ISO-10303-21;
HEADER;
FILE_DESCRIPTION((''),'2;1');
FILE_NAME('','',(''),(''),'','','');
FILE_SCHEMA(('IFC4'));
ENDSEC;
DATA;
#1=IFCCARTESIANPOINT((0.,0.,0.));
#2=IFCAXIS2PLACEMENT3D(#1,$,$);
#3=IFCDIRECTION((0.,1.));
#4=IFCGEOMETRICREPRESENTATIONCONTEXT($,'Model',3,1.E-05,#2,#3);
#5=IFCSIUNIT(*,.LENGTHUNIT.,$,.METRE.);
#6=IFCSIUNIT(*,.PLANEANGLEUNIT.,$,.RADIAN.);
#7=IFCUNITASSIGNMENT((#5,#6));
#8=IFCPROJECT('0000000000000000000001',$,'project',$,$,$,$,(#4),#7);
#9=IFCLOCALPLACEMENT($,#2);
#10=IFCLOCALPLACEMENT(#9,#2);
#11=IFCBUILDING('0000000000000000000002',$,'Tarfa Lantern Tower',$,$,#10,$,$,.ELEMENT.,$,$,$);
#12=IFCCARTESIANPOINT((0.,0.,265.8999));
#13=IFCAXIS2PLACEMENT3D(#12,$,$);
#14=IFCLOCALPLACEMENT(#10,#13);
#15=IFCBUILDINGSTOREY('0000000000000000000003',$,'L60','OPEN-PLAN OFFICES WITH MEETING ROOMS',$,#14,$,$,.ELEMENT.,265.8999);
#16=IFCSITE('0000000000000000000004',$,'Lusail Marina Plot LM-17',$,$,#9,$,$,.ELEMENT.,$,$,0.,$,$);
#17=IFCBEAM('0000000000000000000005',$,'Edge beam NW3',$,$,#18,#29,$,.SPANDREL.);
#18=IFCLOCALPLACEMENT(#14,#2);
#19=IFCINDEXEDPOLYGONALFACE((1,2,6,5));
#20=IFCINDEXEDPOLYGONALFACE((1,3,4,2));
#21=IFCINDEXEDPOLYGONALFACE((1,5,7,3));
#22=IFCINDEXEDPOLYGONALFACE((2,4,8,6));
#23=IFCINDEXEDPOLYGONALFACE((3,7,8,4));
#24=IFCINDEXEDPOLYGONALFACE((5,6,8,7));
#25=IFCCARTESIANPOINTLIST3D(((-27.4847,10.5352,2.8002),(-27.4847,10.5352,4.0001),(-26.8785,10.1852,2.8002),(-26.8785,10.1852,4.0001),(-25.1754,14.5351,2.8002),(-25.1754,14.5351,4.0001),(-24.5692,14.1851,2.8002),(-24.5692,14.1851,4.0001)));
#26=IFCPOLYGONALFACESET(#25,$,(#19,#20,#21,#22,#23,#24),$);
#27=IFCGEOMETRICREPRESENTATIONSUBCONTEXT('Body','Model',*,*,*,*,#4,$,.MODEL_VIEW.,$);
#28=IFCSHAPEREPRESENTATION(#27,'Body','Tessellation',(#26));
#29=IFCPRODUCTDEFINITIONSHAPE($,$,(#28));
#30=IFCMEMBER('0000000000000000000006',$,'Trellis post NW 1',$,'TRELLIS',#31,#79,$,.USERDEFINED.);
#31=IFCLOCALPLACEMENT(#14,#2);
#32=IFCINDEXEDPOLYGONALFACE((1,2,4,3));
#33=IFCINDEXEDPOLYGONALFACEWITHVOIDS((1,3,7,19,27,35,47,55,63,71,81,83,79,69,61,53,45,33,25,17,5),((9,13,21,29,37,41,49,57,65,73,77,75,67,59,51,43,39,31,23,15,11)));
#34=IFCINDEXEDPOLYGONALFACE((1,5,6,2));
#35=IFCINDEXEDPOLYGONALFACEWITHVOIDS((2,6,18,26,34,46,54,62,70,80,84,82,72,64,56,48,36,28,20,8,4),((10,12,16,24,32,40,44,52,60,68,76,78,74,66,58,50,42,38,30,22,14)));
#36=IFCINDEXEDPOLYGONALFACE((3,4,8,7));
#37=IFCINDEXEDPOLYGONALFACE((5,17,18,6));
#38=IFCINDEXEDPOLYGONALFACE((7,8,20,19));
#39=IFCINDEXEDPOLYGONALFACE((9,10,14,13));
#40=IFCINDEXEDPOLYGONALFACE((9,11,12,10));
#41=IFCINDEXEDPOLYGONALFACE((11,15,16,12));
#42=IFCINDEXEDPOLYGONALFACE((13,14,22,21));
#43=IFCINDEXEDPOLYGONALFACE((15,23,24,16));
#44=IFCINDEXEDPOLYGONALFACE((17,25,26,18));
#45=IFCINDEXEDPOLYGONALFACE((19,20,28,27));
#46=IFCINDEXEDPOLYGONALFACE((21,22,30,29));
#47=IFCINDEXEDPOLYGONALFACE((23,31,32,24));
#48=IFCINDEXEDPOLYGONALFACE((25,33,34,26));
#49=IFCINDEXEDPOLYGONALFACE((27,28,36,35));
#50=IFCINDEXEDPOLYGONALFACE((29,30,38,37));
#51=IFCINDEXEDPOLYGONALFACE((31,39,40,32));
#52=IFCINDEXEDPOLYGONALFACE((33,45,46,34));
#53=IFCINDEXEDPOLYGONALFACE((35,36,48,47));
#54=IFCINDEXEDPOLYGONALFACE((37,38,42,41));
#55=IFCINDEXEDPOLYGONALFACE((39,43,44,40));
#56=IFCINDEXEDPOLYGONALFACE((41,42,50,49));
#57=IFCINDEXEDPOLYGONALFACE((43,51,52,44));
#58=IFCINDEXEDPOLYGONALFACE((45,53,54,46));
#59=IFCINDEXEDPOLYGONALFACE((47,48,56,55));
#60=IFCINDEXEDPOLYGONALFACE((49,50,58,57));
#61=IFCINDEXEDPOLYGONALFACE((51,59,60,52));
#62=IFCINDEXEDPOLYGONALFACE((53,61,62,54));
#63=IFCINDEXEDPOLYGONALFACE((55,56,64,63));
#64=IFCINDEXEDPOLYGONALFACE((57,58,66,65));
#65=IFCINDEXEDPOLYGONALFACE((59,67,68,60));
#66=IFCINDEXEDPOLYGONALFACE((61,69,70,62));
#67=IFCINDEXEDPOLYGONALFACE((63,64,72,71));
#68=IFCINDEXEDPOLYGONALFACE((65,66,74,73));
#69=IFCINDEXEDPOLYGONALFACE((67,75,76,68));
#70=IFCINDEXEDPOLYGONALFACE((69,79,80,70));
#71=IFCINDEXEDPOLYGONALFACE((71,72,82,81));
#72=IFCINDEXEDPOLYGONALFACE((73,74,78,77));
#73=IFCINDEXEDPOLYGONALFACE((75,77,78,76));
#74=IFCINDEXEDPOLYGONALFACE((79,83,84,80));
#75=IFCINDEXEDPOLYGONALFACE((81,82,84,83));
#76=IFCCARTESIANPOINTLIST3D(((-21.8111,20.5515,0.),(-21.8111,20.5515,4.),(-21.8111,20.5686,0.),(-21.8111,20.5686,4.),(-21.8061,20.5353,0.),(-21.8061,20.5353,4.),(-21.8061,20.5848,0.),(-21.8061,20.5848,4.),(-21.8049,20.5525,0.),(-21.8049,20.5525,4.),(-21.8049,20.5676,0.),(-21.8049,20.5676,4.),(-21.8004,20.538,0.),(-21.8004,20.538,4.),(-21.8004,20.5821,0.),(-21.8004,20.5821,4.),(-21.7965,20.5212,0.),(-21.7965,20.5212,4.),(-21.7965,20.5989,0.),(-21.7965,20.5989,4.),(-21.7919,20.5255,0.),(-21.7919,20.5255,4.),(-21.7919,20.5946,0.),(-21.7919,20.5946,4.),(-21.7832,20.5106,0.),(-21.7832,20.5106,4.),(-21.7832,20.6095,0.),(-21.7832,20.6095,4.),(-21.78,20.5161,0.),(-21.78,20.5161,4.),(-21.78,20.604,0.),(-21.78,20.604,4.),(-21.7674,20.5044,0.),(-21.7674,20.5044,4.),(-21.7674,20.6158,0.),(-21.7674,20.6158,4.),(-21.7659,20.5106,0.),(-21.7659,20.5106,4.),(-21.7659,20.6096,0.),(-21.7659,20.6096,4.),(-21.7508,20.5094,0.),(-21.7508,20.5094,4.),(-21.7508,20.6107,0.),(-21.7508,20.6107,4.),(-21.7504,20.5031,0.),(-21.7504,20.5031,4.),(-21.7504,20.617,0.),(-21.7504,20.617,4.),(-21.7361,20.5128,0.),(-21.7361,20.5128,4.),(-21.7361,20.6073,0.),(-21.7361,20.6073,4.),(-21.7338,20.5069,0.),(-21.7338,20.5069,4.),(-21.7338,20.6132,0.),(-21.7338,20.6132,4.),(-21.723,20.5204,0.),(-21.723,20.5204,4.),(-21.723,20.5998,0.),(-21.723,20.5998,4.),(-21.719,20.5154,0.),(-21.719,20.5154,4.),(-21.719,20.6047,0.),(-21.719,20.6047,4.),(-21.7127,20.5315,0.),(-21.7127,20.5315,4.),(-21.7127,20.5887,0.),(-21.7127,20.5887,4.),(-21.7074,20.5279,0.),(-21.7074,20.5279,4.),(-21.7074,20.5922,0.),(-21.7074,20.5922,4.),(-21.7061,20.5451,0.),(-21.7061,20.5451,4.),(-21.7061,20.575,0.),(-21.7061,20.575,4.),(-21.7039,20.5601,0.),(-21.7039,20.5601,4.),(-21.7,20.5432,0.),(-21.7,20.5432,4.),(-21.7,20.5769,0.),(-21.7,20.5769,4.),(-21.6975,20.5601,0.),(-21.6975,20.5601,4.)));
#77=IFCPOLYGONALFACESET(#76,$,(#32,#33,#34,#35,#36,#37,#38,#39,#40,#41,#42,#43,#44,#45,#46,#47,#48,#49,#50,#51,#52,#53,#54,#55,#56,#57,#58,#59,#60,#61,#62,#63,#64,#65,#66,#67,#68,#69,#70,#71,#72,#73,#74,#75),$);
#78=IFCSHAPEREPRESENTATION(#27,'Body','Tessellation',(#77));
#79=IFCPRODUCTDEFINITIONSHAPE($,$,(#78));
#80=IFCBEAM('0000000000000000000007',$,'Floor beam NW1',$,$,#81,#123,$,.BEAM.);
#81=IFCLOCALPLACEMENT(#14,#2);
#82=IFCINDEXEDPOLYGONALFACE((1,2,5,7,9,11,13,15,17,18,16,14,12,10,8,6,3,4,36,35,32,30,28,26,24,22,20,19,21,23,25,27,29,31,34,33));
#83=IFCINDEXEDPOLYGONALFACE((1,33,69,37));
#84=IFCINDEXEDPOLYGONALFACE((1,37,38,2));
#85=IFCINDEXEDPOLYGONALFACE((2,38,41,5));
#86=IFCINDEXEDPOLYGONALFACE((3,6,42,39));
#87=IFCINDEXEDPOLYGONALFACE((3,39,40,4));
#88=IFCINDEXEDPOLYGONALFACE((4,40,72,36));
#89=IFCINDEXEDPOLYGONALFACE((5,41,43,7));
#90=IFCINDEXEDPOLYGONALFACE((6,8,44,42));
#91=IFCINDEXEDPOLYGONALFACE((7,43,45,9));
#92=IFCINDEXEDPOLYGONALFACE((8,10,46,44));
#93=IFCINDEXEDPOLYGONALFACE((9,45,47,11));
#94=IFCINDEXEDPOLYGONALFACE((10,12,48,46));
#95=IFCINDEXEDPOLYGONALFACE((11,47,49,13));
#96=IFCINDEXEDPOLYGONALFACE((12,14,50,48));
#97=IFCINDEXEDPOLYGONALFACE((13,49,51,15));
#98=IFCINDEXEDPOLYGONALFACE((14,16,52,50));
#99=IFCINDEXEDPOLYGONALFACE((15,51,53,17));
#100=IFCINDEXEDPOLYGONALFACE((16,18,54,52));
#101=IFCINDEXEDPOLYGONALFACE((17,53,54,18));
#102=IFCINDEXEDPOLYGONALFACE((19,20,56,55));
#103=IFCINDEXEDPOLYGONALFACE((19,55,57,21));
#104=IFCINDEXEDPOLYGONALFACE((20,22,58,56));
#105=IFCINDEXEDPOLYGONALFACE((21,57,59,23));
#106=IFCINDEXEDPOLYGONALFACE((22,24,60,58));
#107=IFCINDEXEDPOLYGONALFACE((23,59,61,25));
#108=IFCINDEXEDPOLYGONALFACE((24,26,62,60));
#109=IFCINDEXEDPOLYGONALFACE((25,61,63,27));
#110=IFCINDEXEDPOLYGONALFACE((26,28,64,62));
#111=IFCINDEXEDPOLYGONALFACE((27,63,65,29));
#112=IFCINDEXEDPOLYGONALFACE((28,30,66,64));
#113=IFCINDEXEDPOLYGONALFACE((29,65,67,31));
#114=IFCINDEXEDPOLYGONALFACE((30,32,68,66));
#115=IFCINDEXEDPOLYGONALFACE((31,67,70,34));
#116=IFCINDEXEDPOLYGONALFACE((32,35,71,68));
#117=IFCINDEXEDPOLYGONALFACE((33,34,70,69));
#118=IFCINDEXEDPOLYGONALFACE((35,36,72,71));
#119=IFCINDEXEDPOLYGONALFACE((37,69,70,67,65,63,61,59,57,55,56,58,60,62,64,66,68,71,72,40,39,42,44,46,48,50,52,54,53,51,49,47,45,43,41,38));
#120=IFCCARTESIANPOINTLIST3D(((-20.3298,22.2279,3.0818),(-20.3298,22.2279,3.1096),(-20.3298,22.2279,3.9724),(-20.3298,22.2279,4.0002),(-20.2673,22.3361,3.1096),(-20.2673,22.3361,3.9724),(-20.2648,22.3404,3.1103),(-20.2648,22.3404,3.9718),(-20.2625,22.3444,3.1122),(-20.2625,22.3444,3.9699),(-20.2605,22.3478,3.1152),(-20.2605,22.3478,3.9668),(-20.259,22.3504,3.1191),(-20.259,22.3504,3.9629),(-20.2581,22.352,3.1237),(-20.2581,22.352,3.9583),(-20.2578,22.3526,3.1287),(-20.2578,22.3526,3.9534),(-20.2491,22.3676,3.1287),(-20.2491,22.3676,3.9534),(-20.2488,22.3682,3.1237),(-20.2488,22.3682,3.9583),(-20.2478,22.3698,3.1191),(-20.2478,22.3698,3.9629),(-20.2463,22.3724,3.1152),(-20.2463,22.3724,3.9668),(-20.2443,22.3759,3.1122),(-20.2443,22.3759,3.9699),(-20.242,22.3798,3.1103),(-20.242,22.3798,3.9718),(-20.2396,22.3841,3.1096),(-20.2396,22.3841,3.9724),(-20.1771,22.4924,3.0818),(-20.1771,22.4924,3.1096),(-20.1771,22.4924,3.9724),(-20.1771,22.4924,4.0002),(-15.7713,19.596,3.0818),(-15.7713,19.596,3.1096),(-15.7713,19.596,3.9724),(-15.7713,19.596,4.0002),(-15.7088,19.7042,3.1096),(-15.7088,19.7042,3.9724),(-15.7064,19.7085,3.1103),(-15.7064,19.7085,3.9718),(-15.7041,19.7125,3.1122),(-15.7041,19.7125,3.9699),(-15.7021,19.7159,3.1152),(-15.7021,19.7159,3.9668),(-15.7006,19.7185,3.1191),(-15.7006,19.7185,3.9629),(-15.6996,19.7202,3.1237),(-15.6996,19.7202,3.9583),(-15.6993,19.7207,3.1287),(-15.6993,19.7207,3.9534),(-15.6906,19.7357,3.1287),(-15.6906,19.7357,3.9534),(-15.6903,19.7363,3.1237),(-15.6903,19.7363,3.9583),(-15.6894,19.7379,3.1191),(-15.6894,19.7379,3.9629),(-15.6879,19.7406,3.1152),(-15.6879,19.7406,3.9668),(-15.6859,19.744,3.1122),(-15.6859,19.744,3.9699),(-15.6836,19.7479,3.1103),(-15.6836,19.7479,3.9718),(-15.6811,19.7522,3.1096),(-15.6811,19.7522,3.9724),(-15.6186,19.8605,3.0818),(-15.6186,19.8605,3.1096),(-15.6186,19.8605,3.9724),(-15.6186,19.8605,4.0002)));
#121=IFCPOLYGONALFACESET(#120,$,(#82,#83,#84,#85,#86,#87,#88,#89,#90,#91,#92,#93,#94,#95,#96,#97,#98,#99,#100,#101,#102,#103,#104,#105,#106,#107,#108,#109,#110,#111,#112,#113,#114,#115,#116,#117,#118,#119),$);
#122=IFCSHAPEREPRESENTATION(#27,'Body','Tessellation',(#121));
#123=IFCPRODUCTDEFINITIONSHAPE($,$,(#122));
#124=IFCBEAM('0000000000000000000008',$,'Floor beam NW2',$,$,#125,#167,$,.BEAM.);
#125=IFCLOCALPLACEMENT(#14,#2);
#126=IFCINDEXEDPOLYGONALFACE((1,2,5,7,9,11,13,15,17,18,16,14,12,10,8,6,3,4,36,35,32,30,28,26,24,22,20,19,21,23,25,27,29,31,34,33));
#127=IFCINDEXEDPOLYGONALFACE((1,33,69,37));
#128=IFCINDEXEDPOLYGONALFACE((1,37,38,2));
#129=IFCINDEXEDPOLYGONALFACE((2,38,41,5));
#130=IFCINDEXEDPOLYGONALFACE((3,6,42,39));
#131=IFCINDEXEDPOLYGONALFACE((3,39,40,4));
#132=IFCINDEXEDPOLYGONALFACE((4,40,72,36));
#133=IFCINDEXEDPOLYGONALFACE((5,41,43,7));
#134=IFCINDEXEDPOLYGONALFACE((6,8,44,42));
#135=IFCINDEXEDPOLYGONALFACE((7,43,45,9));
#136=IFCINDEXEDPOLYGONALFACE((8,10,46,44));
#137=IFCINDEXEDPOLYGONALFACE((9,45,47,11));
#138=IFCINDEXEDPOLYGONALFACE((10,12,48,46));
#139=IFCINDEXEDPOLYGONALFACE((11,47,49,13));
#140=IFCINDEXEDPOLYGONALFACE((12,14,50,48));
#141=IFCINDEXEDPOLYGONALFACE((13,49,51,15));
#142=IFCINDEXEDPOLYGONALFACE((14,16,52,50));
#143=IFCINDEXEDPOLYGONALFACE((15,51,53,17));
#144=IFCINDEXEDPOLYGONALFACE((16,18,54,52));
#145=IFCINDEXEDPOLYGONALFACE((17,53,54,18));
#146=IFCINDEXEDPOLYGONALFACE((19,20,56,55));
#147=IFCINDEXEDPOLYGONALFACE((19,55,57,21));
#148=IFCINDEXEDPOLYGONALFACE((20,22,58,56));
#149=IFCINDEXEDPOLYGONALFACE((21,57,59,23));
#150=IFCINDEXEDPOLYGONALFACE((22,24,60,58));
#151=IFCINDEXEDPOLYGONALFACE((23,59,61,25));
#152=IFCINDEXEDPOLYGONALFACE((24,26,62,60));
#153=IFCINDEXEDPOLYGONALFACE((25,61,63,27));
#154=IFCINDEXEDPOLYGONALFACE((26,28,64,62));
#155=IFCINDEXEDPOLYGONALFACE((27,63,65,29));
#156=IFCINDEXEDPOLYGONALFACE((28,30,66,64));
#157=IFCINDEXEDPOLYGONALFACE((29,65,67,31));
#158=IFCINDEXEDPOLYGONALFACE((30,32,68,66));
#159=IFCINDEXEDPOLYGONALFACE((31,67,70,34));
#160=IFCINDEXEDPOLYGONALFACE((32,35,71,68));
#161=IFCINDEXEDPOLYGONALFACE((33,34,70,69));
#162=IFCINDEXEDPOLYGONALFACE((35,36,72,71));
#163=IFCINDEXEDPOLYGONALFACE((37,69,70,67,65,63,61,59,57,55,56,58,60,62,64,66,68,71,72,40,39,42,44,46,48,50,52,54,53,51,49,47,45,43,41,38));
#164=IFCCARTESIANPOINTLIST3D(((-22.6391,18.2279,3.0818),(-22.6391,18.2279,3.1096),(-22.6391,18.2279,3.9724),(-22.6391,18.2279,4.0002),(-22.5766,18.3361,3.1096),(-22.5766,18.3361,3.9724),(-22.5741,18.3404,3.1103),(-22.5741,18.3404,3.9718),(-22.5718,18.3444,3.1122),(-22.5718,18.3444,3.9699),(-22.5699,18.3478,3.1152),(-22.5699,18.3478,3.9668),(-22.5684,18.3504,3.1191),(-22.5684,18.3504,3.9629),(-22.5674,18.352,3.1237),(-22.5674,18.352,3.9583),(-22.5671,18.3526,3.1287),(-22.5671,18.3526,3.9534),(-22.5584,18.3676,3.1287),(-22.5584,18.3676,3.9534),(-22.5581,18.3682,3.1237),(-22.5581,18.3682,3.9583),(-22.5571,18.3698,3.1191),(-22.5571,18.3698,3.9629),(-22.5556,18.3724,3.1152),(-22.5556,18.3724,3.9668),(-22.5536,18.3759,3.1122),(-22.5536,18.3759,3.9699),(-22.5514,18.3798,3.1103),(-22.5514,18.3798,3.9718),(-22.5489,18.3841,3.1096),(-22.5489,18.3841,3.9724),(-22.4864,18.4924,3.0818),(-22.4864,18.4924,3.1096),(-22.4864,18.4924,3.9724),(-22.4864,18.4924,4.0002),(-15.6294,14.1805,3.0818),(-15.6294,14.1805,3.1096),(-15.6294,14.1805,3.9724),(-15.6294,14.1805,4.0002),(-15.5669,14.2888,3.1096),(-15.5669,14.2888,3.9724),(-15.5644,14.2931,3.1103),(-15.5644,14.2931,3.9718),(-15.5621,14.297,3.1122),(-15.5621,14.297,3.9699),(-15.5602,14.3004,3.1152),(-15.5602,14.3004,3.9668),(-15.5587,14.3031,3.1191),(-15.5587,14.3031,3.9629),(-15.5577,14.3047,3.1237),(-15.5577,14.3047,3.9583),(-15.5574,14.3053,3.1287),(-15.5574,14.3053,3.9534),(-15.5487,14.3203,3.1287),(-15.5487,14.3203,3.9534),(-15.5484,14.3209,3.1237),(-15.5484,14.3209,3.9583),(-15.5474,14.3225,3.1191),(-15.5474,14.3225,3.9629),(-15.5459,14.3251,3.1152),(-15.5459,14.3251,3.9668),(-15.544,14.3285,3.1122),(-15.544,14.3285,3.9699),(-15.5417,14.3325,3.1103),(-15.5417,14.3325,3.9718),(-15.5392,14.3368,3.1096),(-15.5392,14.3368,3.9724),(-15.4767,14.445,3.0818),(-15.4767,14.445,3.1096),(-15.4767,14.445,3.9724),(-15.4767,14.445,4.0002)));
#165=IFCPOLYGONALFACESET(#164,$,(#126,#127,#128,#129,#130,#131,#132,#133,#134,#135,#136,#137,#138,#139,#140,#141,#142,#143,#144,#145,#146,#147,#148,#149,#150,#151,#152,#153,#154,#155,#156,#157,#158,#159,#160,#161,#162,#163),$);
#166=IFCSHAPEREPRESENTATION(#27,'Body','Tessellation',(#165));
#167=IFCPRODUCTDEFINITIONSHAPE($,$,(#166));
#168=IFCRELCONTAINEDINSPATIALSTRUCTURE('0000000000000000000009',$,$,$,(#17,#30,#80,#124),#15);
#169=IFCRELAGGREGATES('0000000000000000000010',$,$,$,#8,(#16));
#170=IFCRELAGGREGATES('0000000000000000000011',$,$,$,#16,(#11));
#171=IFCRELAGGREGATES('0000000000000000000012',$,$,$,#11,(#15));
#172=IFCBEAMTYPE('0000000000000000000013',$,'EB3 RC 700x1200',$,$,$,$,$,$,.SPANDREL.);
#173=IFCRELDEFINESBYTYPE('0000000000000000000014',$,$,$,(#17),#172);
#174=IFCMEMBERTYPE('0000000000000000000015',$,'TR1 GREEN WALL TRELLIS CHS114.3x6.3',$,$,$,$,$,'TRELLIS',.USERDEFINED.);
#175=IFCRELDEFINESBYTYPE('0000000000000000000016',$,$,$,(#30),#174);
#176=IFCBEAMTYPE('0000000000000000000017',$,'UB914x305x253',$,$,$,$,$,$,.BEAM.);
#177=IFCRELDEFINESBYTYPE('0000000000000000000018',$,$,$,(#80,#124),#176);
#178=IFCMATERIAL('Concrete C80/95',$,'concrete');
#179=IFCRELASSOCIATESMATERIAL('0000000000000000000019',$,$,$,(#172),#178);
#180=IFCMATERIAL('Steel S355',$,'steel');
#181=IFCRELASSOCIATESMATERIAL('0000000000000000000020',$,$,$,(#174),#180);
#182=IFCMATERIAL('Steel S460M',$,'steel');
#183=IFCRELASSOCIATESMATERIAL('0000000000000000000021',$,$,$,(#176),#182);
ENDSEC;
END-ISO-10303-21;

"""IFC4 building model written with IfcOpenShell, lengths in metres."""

from ifc_helpers import new_model, si_unit, direction, frame, origin, origin_2d, place, context, subcontext, project, spatial, rectangle, hollow_circle, i_section, extrude, material, material_profile, profile_set, type_object, element, save


model = new_model("IFC4")

# Units and contexts
model_context = context("Model", 3, precision=1e-05, world=origin(), true_north=direction((0.0, 1.0)))
body_context = subcontext(model_context, "Body", "Model", "MODEL_VIEW")
ifc_project = project(units=[si_unit("LENGTHUNIT", "METRE"), si_unit("PLANEANGLEUNIT", "RADIAN")], contexts=[model_context])

# Site, building, storey
site_placement = place(None, origin())
site = spatial("IfcSite", under=ifc_project, at=site_placement, Name="Lusail Marina Plot LM-17", CompositionType="ELEMENT", RefElevation=0.0)
building_placement = place(site_placement, origin())
building = spatial("IfcBuilding", under=site, at=building_placement, Name="Tarfa Lantern Tower", CompositionType="ELEMENT")
storey_placement = place(building_placement, frame((0.0, 0.0, 265.8999)))
storey = spatial("IfcBuildingStorey", under=building, at=storey_placement, Name="L60", Description="OPEN-PLAN OFFICES WITH MEETING ROOMS", CompositionType="ELEMENT", Elevation=265.8999)

# Shared definitions
ifc_material_1 = material(Name="Concrete C80/95", Category="concrete")

# Beam
ifc_material_profile_1 = material_profile(ifc_material_1, rectangle(XDim=0.7, YDim=1.2, at=origin_2d()), Name="RC 700x1200")
ifc_profile_set_1 = profile_set([ifc_material_profile_1], Name="Concrete C80/95")
beam_type_1 = type_object("IfcBeamType", Name="EB3 RC 700x1200", PredefinedType="SPANDREL", material=ifc_profile_set_1)
beam_1_placement = place(storey_placement, frame((-24.8723, 14.3601, 3.4001), z_axis=(-0.499988, -0.866032, 0.0), x_axis=(0.866032, -0.499988, 0.0)))
element("IfcBeam", 1, at=beam_1_placement, inside=storey, type_object=beam_type_1, Name="Edge beam NW3", PredefinedType="SPANDREL", context=body_context, shape_type="SweptSolid", body=[
    extrude(rectangle(XDim=0.7, YDim=1.2, at=origin_2d()), origin(), (0.0, 0.0, 1.0), 4.6187),
])

# Member
ifc_material_2 = material(Name="Steel S355", Category="steel")
ifc_material_profile_2 = material_profile(ifc_material_2, hollow_circle(Radius=0.0571, WallThickness=0.0063, at=origin_2d()), Name="CHS114.3x6.3")
ifc_profile_set_2 = profile_set([ifc_material_profile_2], Name="Steel S355")
member_type_1 = type_object("IfcMemberType", Name="TR1 GREEN WALL TRELLIS CHS114.3x6.3", ElementType="TRELLIS", PredefinedType="USERDEFINED", material=ifc_profile_set_2)
member_1_placement = place(storey_placement, frame((-21.7546, 20.5601, 0.0), z_axis=(0.0, 0.0, 1.0), x_axis=(1.0, 0.0, 0.0)))
element("IfcMember", 2, at=member_1_placement, inside=storey, type_object=member_type_1, Name="Trellis post NW 1", ObjectType="TRELLIS", PredefinedType="USERDEFINED", context=body_context, shape_type="SweptSolid", body=[
    extrude(hollow_circle(Radius=0.0571, WallThickness=0.0063, at=origin_2d()), origin(), (0.0, 0.0, 1.0), 4.0),
])

# Beams
ifc_material_3 = material(Name="Steel S460M", Category="steel")
ifc_material_profile_3 = material_profile(ifc_material_3, i_section(OverallWidth=0.3054, OverallDepth=0.9185, WebThickness=0.0173, FlangeThickness=0.0278, FilletRadius=0.019, at=origin_2d()), Name="UB914x305x253")
ifc_profile_set_3 = profile_set([ifc_material_profile_3], Name="Steel S460M")
beam_type_2 = type_object("IfcBeamType", Name="UB914x305x253", PredefinedType="BEAM", material=ifc_profile_set_3)
beam_2_placement = place(storey_placement, frame((-20.2534, 22.3601, 3.541), z_axis=(0.86602, -0.50001, 0.0), x_axis=(0.50001, 0.86602, 0.0)))
element("IfcBeam", 3, at=beam_2_placement, inside=storey, type_object=beam_type_2, Name="Floor beam NW1", PredefinedType="BEAM", context=body_context, shape_type="SweptSolid", body=[
    extrude(i_section(OverallWidth=0.3054, OverallDepth=0.9185, WebThickness=0.0173, FlangeThickness=0.0278, FilletRadius=0.019, at=origin_2d()), origin(), (0.0, 0.0, 1.0), 5.2637),
])
beam_3_placement = place(storey_placement, frame((-22.5627, 18.3601, 3.541), z_axis=(0.866011, -0.500025, 0.0), x_axis=(0.500025, 0.866011, 0.0)))
element("IfcBeam", 4, at=beam_3_placement, inside=storey, type_object=beam_type_2, Name="Floor beam NW2", PredefinedType="BEAM", context=body_context, shape_type="SweptSolid", body=[
    extrude(i_section(OverallWidth=0.3054, OverallDepth=0.9185, WebThickness=0.0173, FlangeThickness=0.0278, FilletRadius=0.019, at=origin_2d()), origin(), (0.0, 0.0, 1.0), 8.0942),
])

save(model, "model.ifc")
